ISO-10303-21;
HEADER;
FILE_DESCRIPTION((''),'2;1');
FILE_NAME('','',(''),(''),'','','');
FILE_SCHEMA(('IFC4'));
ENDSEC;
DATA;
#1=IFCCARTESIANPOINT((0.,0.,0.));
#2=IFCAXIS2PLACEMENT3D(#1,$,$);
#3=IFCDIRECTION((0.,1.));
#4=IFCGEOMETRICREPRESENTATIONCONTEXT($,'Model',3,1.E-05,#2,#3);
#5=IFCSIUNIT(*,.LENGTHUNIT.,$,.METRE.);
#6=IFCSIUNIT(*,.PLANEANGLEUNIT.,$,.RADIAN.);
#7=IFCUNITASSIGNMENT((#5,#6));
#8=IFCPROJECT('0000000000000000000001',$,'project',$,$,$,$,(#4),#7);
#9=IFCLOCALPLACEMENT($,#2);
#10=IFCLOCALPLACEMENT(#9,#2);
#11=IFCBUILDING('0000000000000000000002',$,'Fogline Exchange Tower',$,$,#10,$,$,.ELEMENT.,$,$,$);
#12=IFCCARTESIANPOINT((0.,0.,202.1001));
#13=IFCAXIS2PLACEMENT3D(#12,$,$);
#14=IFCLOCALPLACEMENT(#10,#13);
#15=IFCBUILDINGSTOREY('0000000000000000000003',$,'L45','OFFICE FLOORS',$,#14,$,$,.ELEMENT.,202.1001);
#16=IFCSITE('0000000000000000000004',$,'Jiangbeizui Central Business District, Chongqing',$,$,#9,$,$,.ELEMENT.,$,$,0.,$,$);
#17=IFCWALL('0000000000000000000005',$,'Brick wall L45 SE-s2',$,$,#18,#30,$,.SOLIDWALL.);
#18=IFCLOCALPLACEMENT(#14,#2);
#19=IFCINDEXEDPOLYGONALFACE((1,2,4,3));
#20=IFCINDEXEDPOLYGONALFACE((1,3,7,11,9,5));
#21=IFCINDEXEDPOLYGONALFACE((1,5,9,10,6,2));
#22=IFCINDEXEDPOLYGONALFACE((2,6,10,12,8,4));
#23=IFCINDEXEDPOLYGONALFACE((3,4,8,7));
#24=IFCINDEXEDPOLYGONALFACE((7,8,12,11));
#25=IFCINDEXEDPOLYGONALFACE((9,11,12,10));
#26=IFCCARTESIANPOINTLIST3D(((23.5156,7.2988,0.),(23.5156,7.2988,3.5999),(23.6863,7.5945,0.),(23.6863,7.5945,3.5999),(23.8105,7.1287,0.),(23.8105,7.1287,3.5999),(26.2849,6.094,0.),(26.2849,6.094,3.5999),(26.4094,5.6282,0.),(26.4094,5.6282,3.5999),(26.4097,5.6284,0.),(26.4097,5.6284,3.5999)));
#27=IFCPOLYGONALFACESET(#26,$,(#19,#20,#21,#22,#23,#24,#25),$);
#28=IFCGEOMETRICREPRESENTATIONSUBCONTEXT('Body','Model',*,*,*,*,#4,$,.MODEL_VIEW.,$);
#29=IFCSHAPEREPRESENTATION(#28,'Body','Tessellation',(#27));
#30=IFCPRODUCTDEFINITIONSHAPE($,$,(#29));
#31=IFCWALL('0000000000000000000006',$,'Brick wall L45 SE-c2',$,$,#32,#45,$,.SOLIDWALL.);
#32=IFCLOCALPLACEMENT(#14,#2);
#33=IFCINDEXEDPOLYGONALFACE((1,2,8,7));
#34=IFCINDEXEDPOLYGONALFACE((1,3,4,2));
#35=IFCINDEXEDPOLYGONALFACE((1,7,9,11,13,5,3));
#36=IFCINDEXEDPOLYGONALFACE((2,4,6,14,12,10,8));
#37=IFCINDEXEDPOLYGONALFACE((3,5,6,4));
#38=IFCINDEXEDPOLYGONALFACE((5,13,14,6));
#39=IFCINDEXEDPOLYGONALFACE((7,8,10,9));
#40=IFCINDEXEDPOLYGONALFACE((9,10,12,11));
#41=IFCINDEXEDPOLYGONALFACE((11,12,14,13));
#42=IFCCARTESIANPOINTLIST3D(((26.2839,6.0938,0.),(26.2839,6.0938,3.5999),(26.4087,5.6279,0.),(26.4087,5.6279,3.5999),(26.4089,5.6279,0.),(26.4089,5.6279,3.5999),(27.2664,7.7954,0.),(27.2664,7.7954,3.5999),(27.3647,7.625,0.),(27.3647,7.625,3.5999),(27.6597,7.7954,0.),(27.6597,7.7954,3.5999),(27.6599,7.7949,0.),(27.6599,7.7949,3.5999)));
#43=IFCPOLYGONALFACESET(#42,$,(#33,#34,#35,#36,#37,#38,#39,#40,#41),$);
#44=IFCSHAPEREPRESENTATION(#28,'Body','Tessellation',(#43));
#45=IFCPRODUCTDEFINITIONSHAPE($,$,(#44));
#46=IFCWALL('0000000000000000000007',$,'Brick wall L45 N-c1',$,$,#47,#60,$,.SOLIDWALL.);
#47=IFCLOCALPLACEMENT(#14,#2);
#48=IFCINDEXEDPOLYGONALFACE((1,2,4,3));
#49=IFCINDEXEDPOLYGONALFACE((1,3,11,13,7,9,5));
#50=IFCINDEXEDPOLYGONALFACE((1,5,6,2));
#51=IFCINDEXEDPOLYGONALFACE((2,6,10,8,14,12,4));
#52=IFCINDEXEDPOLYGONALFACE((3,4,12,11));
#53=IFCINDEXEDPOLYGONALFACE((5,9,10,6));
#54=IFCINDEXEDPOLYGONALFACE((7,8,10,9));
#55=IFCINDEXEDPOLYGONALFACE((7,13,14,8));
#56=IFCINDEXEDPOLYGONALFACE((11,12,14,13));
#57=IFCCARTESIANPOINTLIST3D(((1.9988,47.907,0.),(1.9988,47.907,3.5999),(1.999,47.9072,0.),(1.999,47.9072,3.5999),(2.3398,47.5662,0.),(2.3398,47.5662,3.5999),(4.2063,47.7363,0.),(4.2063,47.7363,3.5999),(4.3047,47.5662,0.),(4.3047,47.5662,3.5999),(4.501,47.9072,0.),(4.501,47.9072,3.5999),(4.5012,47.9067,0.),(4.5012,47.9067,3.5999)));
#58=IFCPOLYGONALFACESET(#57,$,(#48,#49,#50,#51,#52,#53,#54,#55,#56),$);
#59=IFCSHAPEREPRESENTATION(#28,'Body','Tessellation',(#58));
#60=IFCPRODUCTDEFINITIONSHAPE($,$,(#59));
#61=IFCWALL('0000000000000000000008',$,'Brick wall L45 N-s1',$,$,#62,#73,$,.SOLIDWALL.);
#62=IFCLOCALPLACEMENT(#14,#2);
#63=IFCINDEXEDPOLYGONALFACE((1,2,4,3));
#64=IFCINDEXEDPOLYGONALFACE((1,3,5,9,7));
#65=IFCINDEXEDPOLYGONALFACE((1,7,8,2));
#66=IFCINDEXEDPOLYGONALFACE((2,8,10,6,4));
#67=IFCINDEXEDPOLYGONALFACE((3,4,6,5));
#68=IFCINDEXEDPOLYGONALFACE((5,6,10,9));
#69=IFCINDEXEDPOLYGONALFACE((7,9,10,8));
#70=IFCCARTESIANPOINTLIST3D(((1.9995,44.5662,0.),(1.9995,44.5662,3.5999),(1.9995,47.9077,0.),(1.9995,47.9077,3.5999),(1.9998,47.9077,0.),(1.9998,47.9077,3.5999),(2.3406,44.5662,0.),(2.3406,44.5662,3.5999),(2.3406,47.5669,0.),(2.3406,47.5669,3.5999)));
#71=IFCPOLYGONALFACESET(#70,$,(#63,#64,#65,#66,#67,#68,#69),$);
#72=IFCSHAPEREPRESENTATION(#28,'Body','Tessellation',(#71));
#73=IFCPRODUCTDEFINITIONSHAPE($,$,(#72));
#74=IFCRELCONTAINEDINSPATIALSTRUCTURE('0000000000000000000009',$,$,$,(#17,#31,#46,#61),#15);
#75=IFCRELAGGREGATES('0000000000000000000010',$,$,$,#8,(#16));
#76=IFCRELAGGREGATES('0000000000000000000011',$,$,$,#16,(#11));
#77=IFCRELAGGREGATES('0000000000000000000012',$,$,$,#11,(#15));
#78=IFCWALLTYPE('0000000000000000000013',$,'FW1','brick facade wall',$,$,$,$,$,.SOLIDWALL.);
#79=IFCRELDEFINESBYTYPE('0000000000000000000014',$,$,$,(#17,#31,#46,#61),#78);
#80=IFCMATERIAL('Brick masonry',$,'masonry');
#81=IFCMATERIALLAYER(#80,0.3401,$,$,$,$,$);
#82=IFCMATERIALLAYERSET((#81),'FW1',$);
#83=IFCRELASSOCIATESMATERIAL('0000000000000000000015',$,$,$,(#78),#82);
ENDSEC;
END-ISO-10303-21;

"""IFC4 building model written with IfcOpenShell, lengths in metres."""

from ifc_helpers import new_model, si_unit, direction, frame, origin, place, context, subcontext, project, spatial, polyline, outline, extrude, material, layer, layer_set, type_object, element, save


model = new_model("IFC4")

# Units and contexts
model_context = context("Model", 3, precision=1e-05, world=origin(), true_north=direction((0.0, 1.0)))
body_context = subcontext(model_context, "Body", "Model", "MODEL_VIEW")
ifc_project = project(units=[si_unit("LENGTHUNIT", "METRE"), si_unit("PLANEANGLEUNIT", "RADIAN")], contexts=[model_context])

# Site, building, storey
site_placement = place(None, origin())
site = spatial("IfcSite", under=ifc_project, at=site_placement, Name="Jiangbeizui Central Business District, Chongqing", CompositionType="ELEMENT", RefElevation=0.0)
building_placement = place(site_placement, origin())
building = spatial("IfcBuilding", under=site, at=building_placement, Name="Fogline Exchange Tower", CompositionType="ELEMENT")
storey_placement = place(building_placement, frame((0.0, 0.0, 202.1001)))
storey = spatial("IfcBuildingStorey", under=building, at=storey_placement, Name="L45", Description="OFFICE FLOORS", CompositionType="ELEMENT", Elevation=202.1001)

# Walls
ifc_material_1 = material(Name="Brick masonry", Category="masonry")
ifc_layer_1 = layer(ifc_material_1, 0.3401)
ifc_layer_set_1 = layer_set([ifc_layer_1], Name="FW1")
wall_type = type_object("IfcWallType", Name="FW1", Description="brick facade wall", PredefinedType="SOLIDWALL", material=ifc_layer_set_1)
wall_1_placement = place(storey_placement, origin())
element("IfcWall", 1, at=wall_1_placement, inside=storey, type_object=wall_type, Name="Brick wall L45 SE-s2", PredefinedType="SOLIDWALL", context=body_context, shape_type="SweptSolid", body=[
    extrude(outline(polyline([(26.4094, 5.6282), (23.8105, 7.1287), (23.5156, 7.2988), (23.6863, 7.5945), (26.2849, 6.094), (26.4097, 5.6284), (26.4094, 5.6282)])), origin(), (0.0, 0.0, 1.0), 3.5999),
])
wall_2_placement = place(storey_placement, origin())
element("IfcWall", 2, at=wall_2_placement, inside=storey, type_object=wall_type, Name="Brick wall L45 SE-c2", PredefinedType="SOLIDWALL", context=body_context, shape_type="SweptSolid", body=[
    extrude(outline(polyline([(27.2664, 7.7954), (27.3647, 7.625), (27.6597, 7.7954), (27.6599, 7.7949), (26.4089, 5.6279), (26.4087, 5.6279), (26.2839, 6.0938), (27.2664, 7.7954)])), origin(), (0.0, 0.0, 1.0), 3.5999),
])
wall_3_placement = place(storey_placement, origin())
element("IfcWall", 3, at=wall_3_placement, inside=storey, type_object=wall_type, Name="Brick wall L45 N-c1", PredefinedType="SOLIDWALL", context=body_context, shape_type="SweptSolid", body=[
    extrude(outline(polyline([(1.999, 47.9072), (4.501, 47.9072), (4.5012, 47.9067), (4.2063, 47.7363), (4.3047, 47.5662), (2.3398, 47.5662), (1.9988, 47.907), (1.999, 47.9072)])), origin(), (0.0, 0.0, 1.0), 3.5999),
])
wall_4_placement = place(storey_placement, origin())
element("IfcWall", 4, at=wall_4_placement, inside=storey, type_object=wall_type, Name="Brick wall L45 N-s1", PredefinedType="SOLIDWALL", context=body_context, shape_type="SweptSolid", body=[
    extrude(outline(polyline([(2.3406, 44.5662), (1.9995, 44.5662), (1.9995, 47.9077), (1.9998, 47.9077), (2.3406, 47.5669), (2.3406, 44.5662)])), origin(), (0.0, 0.0, 1.0), 3.5999),
])

save(model, "model.ifc")
